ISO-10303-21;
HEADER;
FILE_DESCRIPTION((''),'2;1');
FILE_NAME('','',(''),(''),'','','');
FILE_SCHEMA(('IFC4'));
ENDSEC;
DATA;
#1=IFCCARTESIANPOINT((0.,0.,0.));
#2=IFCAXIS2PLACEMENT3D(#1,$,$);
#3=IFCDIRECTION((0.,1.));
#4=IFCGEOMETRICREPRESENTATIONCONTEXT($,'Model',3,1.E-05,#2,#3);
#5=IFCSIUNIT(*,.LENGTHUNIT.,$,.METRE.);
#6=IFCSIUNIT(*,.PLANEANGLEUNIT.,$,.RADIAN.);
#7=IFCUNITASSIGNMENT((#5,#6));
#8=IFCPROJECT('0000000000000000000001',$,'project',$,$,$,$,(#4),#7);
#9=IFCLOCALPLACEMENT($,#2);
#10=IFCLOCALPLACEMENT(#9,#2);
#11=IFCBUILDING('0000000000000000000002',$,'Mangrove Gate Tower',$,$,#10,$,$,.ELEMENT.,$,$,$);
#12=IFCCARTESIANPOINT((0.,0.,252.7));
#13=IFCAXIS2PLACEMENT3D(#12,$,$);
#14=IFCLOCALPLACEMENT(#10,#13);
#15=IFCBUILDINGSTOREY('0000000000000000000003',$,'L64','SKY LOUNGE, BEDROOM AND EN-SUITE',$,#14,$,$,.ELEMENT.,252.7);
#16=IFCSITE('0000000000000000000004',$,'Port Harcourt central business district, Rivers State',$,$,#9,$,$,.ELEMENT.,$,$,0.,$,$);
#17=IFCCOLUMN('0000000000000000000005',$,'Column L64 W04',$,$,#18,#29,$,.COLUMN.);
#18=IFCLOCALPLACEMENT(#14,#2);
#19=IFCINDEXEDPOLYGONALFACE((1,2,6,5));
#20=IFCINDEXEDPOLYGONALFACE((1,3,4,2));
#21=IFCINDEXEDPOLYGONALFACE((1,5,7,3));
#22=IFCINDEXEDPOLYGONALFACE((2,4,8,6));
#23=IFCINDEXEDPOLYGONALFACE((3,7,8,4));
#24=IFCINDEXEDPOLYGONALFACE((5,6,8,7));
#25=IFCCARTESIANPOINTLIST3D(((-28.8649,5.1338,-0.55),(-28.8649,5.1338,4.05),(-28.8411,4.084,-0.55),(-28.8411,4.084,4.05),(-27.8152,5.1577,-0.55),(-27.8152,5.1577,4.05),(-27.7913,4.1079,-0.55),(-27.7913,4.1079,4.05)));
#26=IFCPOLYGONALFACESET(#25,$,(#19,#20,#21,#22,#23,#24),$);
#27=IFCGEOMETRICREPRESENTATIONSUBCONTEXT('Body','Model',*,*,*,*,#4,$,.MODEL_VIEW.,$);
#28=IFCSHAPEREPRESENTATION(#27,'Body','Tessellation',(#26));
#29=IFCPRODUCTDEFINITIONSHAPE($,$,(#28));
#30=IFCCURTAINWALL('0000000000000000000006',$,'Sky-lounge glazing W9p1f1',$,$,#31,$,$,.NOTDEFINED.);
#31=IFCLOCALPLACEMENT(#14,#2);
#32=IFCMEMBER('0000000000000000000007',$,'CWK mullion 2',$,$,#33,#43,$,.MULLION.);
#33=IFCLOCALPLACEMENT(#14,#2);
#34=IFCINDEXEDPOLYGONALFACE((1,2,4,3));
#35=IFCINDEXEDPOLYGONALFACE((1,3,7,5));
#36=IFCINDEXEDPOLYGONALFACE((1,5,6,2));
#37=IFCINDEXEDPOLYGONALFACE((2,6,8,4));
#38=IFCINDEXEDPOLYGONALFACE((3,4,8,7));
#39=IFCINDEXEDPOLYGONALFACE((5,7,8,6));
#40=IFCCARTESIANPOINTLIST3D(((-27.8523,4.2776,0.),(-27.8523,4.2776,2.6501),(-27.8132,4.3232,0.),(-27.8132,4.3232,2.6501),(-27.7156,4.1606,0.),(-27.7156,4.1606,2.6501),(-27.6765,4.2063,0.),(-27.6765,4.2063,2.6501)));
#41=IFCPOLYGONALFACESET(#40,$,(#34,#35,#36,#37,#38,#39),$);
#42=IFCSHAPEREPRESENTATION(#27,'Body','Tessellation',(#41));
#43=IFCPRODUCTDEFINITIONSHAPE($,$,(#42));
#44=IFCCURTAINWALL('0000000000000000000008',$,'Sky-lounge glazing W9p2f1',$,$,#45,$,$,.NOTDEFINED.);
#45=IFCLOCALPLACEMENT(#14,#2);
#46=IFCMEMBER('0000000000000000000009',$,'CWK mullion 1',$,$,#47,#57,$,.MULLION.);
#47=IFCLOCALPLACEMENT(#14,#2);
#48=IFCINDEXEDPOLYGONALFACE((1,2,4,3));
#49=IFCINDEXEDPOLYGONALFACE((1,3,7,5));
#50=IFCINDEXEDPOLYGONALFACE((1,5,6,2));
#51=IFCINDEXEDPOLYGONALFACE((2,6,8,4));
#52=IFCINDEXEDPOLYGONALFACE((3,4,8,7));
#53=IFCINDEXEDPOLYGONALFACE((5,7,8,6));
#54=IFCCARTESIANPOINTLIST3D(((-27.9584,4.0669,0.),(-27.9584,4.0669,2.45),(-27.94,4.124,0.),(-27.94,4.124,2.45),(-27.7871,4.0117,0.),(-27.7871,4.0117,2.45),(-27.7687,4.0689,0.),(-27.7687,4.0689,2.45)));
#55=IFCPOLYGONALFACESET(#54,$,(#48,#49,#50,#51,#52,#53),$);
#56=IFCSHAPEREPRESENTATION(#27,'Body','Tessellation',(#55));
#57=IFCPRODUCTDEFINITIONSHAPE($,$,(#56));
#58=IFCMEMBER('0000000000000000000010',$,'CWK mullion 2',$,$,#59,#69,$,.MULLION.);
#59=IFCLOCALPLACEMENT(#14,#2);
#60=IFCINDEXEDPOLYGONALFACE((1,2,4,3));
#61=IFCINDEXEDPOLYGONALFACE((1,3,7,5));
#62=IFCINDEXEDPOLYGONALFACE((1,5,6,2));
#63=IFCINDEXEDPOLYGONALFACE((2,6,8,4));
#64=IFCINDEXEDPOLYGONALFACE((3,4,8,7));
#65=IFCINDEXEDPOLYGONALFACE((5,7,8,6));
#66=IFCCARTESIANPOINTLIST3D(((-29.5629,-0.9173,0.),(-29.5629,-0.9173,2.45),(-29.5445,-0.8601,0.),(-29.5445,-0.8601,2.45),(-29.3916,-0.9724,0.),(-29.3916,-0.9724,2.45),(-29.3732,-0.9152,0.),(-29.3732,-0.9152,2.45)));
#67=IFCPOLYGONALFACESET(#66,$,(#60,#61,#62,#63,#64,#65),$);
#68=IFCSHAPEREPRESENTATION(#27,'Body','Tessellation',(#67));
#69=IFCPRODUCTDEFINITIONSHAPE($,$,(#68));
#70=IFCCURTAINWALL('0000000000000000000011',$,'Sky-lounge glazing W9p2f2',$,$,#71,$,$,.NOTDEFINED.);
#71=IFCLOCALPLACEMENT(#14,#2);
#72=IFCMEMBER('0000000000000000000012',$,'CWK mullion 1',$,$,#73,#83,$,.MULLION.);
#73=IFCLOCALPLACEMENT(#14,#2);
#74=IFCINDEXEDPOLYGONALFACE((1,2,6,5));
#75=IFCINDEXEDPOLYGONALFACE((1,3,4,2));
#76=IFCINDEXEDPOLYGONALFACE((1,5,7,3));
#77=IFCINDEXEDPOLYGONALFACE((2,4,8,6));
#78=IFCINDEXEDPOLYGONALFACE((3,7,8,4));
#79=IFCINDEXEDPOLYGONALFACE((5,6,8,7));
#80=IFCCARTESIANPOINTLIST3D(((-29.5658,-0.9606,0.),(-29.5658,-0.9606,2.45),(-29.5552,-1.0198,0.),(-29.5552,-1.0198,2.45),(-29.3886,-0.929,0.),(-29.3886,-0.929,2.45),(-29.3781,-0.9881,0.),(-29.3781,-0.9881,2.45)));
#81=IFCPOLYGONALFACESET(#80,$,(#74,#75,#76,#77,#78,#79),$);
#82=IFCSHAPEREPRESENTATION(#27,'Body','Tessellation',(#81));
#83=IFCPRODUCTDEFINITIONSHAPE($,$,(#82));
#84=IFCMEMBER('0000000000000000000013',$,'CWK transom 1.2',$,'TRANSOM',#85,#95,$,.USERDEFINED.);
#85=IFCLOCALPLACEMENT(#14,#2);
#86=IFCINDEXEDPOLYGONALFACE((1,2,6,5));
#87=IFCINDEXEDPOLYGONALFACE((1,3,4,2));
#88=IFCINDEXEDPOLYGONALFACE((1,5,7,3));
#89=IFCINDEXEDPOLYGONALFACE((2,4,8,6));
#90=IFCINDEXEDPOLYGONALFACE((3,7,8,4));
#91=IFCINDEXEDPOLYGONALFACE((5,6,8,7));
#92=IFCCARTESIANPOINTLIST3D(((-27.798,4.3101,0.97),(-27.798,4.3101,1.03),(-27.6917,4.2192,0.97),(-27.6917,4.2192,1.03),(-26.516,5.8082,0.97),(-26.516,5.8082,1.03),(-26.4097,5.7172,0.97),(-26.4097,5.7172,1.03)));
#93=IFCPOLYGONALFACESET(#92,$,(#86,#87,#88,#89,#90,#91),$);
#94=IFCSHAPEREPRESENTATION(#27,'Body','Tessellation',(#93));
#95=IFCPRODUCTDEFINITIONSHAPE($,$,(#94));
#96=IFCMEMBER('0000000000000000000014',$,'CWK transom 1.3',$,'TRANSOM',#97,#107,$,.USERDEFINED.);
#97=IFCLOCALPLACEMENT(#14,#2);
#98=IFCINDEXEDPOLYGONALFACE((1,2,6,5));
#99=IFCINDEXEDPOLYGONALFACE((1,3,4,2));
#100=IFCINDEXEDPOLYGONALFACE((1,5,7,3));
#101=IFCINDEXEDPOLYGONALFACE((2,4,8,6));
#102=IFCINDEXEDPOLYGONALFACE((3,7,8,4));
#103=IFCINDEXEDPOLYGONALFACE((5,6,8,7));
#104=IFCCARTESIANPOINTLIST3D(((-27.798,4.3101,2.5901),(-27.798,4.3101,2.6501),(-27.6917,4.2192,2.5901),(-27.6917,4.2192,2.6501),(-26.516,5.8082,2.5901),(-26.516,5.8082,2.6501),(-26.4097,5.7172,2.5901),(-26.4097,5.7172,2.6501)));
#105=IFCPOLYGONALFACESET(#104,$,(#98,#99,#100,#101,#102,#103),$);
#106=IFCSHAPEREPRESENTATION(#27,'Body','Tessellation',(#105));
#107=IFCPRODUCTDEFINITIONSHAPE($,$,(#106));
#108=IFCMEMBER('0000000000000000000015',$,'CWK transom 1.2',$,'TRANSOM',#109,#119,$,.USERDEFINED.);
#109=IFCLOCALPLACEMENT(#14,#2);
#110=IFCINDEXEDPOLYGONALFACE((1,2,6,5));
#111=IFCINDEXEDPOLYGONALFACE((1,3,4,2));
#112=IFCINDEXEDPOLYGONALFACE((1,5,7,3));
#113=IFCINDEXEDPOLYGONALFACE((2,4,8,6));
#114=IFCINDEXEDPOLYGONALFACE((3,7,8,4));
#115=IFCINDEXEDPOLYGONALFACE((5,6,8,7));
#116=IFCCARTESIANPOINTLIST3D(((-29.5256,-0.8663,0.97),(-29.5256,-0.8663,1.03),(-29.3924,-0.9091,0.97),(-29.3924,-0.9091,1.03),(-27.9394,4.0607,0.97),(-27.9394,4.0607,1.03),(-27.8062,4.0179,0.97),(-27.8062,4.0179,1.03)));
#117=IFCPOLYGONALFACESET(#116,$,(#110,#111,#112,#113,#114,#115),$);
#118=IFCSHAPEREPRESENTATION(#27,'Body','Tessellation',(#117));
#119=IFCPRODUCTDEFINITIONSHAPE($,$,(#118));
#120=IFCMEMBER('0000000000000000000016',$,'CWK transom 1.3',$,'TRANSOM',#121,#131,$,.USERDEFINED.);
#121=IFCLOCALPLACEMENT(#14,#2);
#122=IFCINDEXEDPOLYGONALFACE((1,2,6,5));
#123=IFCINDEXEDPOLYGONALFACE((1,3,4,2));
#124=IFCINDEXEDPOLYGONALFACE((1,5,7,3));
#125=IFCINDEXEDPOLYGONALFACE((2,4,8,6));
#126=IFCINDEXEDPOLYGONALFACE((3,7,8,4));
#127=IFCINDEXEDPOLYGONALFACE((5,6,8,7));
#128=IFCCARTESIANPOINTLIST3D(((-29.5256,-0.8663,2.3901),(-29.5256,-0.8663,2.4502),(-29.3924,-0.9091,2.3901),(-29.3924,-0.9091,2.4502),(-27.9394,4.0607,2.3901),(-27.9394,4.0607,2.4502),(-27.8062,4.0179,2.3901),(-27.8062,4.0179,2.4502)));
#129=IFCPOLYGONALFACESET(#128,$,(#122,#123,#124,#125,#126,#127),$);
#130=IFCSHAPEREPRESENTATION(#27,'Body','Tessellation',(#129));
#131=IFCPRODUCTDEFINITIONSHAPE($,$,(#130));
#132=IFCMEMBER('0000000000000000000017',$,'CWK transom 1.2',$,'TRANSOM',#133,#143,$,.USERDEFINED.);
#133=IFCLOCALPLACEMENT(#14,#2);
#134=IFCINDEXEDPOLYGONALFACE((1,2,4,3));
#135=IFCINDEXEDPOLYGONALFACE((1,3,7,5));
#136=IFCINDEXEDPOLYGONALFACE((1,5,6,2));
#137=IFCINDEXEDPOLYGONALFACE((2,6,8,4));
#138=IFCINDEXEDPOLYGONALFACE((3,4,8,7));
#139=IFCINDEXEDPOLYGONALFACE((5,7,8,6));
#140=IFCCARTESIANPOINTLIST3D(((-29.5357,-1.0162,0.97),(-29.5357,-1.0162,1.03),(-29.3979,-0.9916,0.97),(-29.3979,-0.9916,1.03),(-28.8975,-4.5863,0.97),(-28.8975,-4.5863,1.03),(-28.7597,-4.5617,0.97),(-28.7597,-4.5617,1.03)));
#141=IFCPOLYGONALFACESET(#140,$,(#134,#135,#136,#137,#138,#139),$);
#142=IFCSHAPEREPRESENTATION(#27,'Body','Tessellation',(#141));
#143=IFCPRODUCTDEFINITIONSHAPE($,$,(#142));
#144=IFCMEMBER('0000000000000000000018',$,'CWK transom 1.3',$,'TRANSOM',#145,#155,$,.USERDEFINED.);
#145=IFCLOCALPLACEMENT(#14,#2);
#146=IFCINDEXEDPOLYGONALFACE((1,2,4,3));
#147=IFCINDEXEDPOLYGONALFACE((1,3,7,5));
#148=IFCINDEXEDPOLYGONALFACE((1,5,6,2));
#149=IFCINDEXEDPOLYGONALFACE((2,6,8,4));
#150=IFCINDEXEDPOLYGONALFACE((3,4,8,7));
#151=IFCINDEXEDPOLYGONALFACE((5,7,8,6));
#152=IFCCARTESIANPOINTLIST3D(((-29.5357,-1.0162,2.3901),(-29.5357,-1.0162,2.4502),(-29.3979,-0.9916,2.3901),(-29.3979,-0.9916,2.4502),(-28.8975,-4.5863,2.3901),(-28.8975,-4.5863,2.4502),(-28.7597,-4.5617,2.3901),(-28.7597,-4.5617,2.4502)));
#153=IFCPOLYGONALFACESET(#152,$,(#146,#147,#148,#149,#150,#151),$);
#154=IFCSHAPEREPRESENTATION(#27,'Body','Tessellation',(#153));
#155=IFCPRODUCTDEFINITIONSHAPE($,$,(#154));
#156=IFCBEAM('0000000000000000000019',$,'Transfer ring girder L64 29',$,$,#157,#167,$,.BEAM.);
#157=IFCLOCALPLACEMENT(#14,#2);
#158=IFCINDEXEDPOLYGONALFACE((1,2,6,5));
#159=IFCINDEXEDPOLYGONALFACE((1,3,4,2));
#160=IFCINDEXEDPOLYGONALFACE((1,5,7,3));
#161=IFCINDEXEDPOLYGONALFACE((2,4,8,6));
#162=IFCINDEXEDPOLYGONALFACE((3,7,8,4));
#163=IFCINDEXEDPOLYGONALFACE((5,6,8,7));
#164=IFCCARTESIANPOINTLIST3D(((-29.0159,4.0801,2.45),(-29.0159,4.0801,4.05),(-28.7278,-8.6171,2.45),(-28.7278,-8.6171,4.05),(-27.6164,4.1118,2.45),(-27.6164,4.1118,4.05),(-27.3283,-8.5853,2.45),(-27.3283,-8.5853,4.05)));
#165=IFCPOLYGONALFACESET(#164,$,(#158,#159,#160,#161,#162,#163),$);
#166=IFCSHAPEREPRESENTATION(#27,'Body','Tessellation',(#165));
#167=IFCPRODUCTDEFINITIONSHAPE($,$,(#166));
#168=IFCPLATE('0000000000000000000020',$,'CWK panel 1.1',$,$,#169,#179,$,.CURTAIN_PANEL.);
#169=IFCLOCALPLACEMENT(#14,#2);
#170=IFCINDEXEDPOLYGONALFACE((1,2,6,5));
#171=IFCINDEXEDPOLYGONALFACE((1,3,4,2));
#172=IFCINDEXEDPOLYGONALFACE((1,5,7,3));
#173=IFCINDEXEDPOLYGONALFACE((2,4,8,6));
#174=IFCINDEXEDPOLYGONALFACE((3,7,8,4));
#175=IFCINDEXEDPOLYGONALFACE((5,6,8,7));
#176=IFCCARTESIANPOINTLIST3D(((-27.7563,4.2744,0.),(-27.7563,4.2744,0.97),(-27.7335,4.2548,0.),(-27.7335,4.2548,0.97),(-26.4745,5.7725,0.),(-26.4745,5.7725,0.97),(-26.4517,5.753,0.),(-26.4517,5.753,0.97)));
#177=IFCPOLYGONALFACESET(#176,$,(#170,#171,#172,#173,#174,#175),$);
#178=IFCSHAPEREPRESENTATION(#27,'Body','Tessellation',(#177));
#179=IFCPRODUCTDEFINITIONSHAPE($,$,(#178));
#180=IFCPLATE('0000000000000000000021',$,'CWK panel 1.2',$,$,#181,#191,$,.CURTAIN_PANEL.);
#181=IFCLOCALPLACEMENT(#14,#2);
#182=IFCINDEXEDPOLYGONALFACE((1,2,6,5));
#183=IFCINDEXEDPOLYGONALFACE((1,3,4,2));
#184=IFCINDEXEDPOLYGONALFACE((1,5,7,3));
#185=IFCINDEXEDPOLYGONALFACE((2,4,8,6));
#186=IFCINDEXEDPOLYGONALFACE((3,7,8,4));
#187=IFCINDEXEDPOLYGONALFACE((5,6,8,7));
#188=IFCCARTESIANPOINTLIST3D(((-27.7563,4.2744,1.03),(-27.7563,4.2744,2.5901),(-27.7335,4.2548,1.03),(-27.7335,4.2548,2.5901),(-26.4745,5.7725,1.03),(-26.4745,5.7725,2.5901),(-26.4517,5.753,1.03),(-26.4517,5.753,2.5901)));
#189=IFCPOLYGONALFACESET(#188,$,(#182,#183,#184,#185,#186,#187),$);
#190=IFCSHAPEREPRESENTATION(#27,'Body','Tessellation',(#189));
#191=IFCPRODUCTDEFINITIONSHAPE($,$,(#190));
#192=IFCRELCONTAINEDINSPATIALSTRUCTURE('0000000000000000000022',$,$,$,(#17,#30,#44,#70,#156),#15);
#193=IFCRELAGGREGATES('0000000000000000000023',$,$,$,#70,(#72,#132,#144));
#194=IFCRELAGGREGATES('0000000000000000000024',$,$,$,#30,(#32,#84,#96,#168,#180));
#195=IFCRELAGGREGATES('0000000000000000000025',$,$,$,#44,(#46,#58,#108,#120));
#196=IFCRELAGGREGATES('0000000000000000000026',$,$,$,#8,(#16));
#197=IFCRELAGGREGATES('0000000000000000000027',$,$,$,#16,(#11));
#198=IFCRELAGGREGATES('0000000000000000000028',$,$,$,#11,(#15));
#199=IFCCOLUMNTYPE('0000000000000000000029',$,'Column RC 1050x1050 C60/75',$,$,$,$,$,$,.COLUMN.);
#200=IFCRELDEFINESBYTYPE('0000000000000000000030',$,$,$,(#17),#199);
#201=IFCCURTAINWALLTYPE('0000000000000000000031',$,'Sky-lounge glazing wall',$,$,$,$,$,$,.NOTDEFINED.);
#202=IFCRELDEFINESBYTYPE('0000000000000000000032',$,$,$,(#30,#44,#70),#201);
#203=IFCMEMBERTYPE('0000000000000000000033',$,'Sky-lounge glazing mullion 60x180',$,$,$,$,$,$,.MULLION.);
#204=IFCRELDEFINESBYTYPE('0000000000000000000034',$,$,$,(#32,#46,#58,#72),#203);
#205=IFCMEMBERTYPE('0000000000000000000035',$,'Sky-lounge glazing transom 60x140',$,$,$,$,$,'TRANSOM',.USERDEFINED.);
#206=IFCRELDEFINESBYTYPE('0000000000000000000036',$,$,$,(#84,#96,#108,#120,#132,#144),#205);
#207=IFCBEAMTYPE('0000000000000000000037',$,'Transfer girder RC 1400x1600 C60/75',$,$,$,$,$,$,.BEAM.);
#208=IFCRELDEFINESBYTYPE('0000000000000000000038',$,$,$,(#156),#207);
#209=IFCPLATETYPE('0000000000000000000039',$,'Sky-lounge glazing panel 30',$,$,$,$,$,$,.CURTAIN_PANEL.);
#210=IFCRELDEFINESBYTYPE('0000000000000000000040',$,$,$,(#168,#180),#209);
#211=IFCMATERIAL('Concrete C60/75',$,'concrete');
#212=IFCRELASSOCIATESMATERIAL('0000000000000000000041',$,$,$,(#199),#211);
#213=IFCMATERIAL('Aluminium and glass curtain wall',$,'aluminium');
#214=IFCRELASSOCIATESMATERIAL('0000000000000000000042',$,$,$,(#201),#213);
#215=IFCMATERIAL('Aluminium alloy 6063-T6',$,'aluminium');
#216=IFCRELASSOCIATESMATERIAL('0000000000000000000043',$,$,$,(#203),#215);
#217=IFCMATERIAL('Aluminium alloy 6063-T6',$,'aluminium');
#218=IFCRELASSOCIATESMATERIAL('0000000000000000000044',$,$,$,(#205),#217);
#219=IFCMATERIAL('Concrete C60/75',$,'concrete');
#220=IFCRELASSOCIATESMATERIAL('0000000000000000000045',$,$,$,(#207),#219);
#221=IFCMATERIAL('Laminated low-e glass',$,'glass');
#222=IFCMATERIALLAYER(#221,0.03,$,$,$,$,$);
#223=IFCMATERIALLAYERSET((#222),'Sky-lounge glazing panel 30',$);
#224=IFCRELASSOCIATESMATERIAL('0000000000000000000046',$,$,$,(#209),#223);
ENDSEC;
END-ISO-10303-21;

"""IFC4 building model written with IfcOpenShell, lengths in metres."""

from ifc_helpers import new_model, si_unit, direction, frame, origin, origin_2d, place, context, subcontext, project, spatial, rectangle, extrude, material, layer, layer_set, material_profile, profile_set, type_object, element, aggregate, save


model = new_model("IFC4")

# Units and contexts
model_context = context("Model", 3, precision=1e-05, world=origin(), true_north=direction((0.0, 1.0)))
body_context = subcontext(model_context, "Body", "Model", "MODEL_VIEW")
ifc_project = project(units=[si_unit("LENGTHUNIT", "METRE"), si_unit("PLANEANGLEUNIT", "RADIAN")], contexts=[model_context])

# Site, building, storey
site_placement = place(None, origin())
site = spatial("IfcSite", under=ifc_project, at=site_placement, Name="Port Harcourt central business district, Rivers State", CompositionType="ELEMENT", RefElevation=0.0)
building_placement = place(site_placement, origin())
building = spatial("IfcBuilding", under=site, at=building_placement, Name="Mangrove Gate Tower", CompositionType="ELEMENT")
storey_placement = place(building_placement, frame((0.0, 0.0, 252.7)))
storey = spatial("IfcBuildingStorey", under=building, at=storey_placement, Name="L64", Description="SKY LOUNGE, BEDROOM AND EN-SUITE", CompositionType="ELEMENT", Elevation=252.7)

# Column
ifc_material_1 = material(Name="Concrete C60/75", Category="concrete")
ifc_material_profile_1 = material_profile(ifc_material_1, rectangle(XDim=1.05, YDim=1.05, at=origin_2d()))
ifc_profile_set_1 = profile_set([ifc_material_profile_1], Name="Concrete C60/75")
column_type = type_object("IfcColumnType", Name="Column RC 1050x1050 C60/75", PredefinedType="COLUMN", material=ifc_profile_set_1)
column_placement = place(storey_placement, frame((-28.3281, 4.6208, -0.55), z_axis=(0.0, 0.0, 1.0), x_axis=(0.0227, -0.999742, 0.0)))
element("IfcColumn", 1, at=column_placement, inside=storey, type_object=column_type, Name="Column L64 W04", PredefinedType="COLUMN", context=body_context, shape_type="SweptSolid", body=[
    extrude(rectangle(XDim=1.05, YDim=1.05, at=origin_2d()), origin(), (0.0, 0.0, 1.0), 4.6001),
])

# Curtain wall, member
ifc_material_2 = material(Name="Aluminium and glass curtain wall", Category="aluminium")
curtain_wall_type = type_object("IfcCurtainWallType", Name="Sky-lounge glazing wall", PredefinedType="NOTDEFINED", material=ifc_material_2)
curtain_wall_1_placement = place(storey_placement, origin())
curtain_wall_1 = element("IfcCurtainWall", 2, at=curtain_wall_1_placement, inside=storey, type_object=curtain_wall_type, Name="Sky-lounge glazing W9p1f1", PredefinedType="NOTDEFINED")
ifc_material_3 = material(Name="Aluminium alloy 6063-T6", Category="aluminium")
ifc_material_profile_2 = material_profile(ifc_material_3, rectangle(XDim=0.0601, YDim=0.1799, at=origin_2d()))
ifc_profile_set_2 = profile_set([ifc_material_profile_2], Name="Aluminium alloy 6063-T6")
member_type_1 = type_object("IfcMemberType", Name="Sky-lounge glazing mullion 60x180", PredefinedType="MULLION", material=ifc_profile_set_2)
member_1_placement = place(storey_placement, frame((-27.7644, 4.2419, 0.0), z_axis=(0.0, 0.0, 1.0), x_axis=(-0.650133, -0.759821, 0.0)))
member_1 = element("IfcMember", 3, at=member_1_placement, type_object=member_type_1, Name="CWK mullion 2", PredefinedType="MULLION", context=body_context, shape_type="SweptSolid", body=[
    extrude(rectangle(XDim=0.0601, YDim=0.1799, at=origin_2d()), origin(), (0.0, 0.0, 1.0), 2.6501),
])

# Curtain wall, members
curtain_wall_2_placement = place(storey_placement, origin())
curtain_wall_2 = element("IfcCurtainWall", 4, at=curtain_wall_2_placement, inside=storey, type_object=curtain_wall_type, Name="Sky-lounge glazing W9p2f1", PredefinedType="NOTDEFINED")
member_2_placement = place(storey_placement, frame((-27.8635, 4.0679, 0.0), z_axis=(0.0, 0.0, 1.0), x_axis=(-0.306441, -0.95189, 0.0)))
member_2 = element("IfcMember", 5, at=member_2_placement, type_object=member_type_1, Name="CWK mullion 1", PredefinedType="MULLION", context=body_context, shape_type="SweptSolid", body=[
    extrude(rectangle(XDim=0.0601, YDim=0.1799, at=origin_2d()), origin(), (0.0, 0.0, 1.0), 2.45),
])
member_3_placement = place(storey_placement, frame((-29.468, -0.9163, 0.0), z_axis=(0.0, 0.0, 1.0), x_axis=(-0.306441, -0.95189, 0.0)))
member_3 = element("IfcMember", 6, at=member_3_placement, type_object=member_type_1, Name="CWK mullion 2", PredefinedType="MULLION", context=body_context, shape_type="SweptSolid", body=[
    extrude(rectangle(XDim=0.0601, YDim=0.1799, at=origin_2d()), origin(), (0.0, 0.0, 1.0), 2.45),
])

# Curtain wall, member
curtain_wall_3_placement = place(storey_placement, origin())
curtain_wall_3 = element("IfcCurtainWall", 7, at=curtain_wall_3_placement, inside=storey, type_object=curtain_wall_type, Name="Sky-lounge glazing W9p2f2", PredefinedType="NOTDEFINED")
member_4_placement = place(storey_placement, frame((-29.4719, -0.9744, 0.0), z_axis=(0.0, 0.0, 1.0), x_axis=(0.175968, -0.984396, 0.0)))
member_4 = element("IfcMember", 8, at=member_4_placement, type_object=member_type_1, Name="CWK mullion 1", PredefinedType="MULLION", context=body_context, shape_type="SweptSolid", body=[
    extrude(rectangle(XDim=0.0601, YDim=0.1799, at=origin_2d()), origin(), (0.0, 0.0, 1.0), 2.45),
])

# Members
ifc_material_4 = material(Name="Aluminium alloy 6063-T6", Category="aluminium")
ifc_material_profile_3 = material_profile(ifc_material_4, rectangle(XDim=0.0601, YDim=0.1399, at=origin_2d()))
ifc_profile_set_3 = profile_set([ifc_material_profile_3], Name="Aluminium alloy 6063-T6")
member_type_2 = type_object("IfcMemberType", Name="Sky-lounge glazing transom 60x140", ElementType="TRANSOM", PredefinedType="USERDEFINED", material=ifc_profile_set_3)
member_5_placement = place(storey_placement, frame((-26.4629, 5.7627, 1.0), z_axis=(-0.65019, -0.759772, 0.0), x_axis=(0.0, 0.0, 1.0)))
member_5 = element("IfcMember", 9, at=member_5_placement, type_object=member_type_2, Name="CWK transom 1.2", ObjectType="TRANSOM", PredefinedType="USERDEFINED", context=body_context, shape_type="SweptSolid", body=[
    extrude(rectangle(XDim=0.0601, YDim=0.1399, at=origin_2d()), origin(), (0.0, 0.0, 1.0), 1.9717),
])
member_6_placement = place(storey_placement, frame((-26.4629, 5.7627, 2.6201), z_axis=(-0.65019, -0.759772, 0.0), x_axis=(0.0, 0.0, 1.0)))
member_6 = element("IfcMember", 10, at=member_6_placement, type_object=member_type_2, Name="CWK transom 1.3", ObjectType="TRANSOM", PredefinedType="USERDEFINED", context=body_context, shape_type="SweptSolid", body=[
    extrude(rectangle(XDim=0.0601, YDim=0.1399, at=origin_2d()), origin(), (0.0, 0.0, 1.0), 1.9717),
])
member_7_placement = place(storey_placement, frame((-27.8728, 4.0393, 1.0), z_axis=(-0.306447, -0.951888, 0.0), x_axis=(0.0, 0.0, 1.0)))
member_7 = element("IfcMember", 11, at=member_7_placement, type_object=member_type_2, Name="CWK transom 1.2", ObjectType="TRANSOM", PredefinedType="USERDEFINED", context=body_context, shape_type="SweptSolid", body=[
    extrude(rectangle(XDim=0.0601, YDim=0.1399, at=origin_2d()), origin(), (0.0, 0.0, 1.0), 5.176),
])
member_8_placement = place(storey_placement, frame((-27.8728, 4.0393, 2.4202), z_axis=(-0.306447, -0.951888, 0.0), x_axis=(0.0, 0.0, 1.0)))
member_8 = element("IfcMember", 12, at=member_8_placement, type_object=member_type_2, Name="CWK transom 1.3", ObjectType="TRANSOM", PredefinedType="USERDEFINED", context=body_context, shape_type="SweptSolid", body=[
    extrude(rectangle(XDim=0.0601, YDim=0.1399, at=origin_2d()), origin(), (0.0, 0.0, 1.0), 5.176),
])
member_9_placement = place(storey_placement, frame((-29.4668, -1.0039, 1.0), z_axis=(0.17597, -0.984396, 0.0), x_axis=(0.0, 0.0, 1.0)))
member_9 = element("IfcMember", 13, at=member_9_placement, type_object=member_type_2, Name="CWK transom 1.2", ObjectType="TRANSOM", PredefinedType="USERDEFINED", context=body_context, shape_type="SweptSolid", body=[
    extrude(rectangle(XDim=0.0601, YDim=0.1399, at=origin_2d()), origin(), (0.0, 0.0, 1.0), 3.6267),
])
member_10_placement = place(storey_placement, frame((-29.4668, -1.0039, 2.4202), z_axis=(0.17597, -0.984396, 0.0), x_axis=(0.0, 0.0, 1.0)))
member_10 = element("IfcMember", 14, at=member_10_placement, type_object=member_type_2, Name="CWK transom 1.3", ObjectType="TRANSOM", PredefinedType="USERDEFINED", context=body_context, shape_type="SweptSolid", body=[
    extrude(rectangle(XDim=0.0601, YDim=0.1399, at=origin_2d()), origin(), (0.0, 0.0, 1.0), 3.6267),
])
aggregate(curtain_wall_3, [member_4, member_9, member_10])

# Beam
ifc_material_5 = material(Name="Concrete C60/75", Category="concrete")
ifc_material_profile_4 = material_profile(ifc_material_5, rectangle(XDim=1.3999, YDim=1.6001, at=origin_2d()))
ifc_profile_set_4 = profile_set([ifc_material_profile_4], Name="Concrete C60/75")
beam_type = type_object("IfcBeamType", Name="Transfer girder RC 1400x1600 C60/75", PredefinedType="BEAM", material=ifc_profile_set_4)
beam_placement = place(storey_placement, frame((-28.3162, 4.0959, 3.25), z_axis=(0.022683, -0.999743, 0.0), x_axis=(0.999743, 0.022683, 0.0)))
element("IfcBeam", 15, at=beam_placement, inside=storey, type_object=beam_type, Name="Transfer ring girder L64 29", PredefinedType="BEAM", context=body_context, shape_type="SweptSolid", body=[
    extrude(rectangle(XDim=1.3999, YDim=1.6001, at=origin_2d()), origin(), (0.0, 0.0, 1.0), 12.7004),
])

# Plates
ifc_material_6 = material(Name="Laminated low-e glass", Category="glass")
ifc_layer_1 = layer(ifc_material_6, 0.03)
ifc_layer_set_1 = layer_set([ifc_layer_1], Name="Sky-lounge glazing panel 30")
plate_type = type_object("IfcPlateType", Name="Sky-lounge glazing panel 30", PredefinedType="CURTAIN_PANEL", material=ifc_layer_set_1)
plate_1_placement = place(storey_placement, frame((-27.104, 5.0137, 0.0), z_axis=(0.0, 0.0, 1.0), x_axis=(-0.650133, -0.759821, 0.0)))
plate_1 = element("IfcPlate", 16, at=plate_1_placement, type_object=plate_type, Name="CWK panel 1.1", PredefinedType="CURTAIN_PANEL", context=body_context, shape_type="SweptSolid", body=[
    extrude(rectangle(XDim=1.9717, YDim=0.03, at=origin_2d()), origin(), (0.0, 0.0, 1.0), 0.97),
])
plate_2_placement = place(storey_placement, frame((-27.104, 5.0137, 1.03), z_axis=(0.0, 0.0, 1.0), x_axis=(-0.650133, -0.759821, 0.0)))
plate_2 = element("IfcPlate", 17, at=plate_2_placement, type_object=plate_type, Name="CWK panel 1.2", PredefinedType="CURTAIN_PANEL", context=body_context, shape_type="SweptSolid", body=[
    extrude(rectangle(XDim=1.9717, YDim=0.03, at=origin_2d()), origin(), (0.0, 0.0, 1.0), 1.5601),
])
aggregate(curtain_wall_1, [member_1, member_5, member_6, plate_1, plate_2])
aggregate(curtain_wall_2, [member_2, member_3, member_7, member_8])

save(model, "model.ifc")
